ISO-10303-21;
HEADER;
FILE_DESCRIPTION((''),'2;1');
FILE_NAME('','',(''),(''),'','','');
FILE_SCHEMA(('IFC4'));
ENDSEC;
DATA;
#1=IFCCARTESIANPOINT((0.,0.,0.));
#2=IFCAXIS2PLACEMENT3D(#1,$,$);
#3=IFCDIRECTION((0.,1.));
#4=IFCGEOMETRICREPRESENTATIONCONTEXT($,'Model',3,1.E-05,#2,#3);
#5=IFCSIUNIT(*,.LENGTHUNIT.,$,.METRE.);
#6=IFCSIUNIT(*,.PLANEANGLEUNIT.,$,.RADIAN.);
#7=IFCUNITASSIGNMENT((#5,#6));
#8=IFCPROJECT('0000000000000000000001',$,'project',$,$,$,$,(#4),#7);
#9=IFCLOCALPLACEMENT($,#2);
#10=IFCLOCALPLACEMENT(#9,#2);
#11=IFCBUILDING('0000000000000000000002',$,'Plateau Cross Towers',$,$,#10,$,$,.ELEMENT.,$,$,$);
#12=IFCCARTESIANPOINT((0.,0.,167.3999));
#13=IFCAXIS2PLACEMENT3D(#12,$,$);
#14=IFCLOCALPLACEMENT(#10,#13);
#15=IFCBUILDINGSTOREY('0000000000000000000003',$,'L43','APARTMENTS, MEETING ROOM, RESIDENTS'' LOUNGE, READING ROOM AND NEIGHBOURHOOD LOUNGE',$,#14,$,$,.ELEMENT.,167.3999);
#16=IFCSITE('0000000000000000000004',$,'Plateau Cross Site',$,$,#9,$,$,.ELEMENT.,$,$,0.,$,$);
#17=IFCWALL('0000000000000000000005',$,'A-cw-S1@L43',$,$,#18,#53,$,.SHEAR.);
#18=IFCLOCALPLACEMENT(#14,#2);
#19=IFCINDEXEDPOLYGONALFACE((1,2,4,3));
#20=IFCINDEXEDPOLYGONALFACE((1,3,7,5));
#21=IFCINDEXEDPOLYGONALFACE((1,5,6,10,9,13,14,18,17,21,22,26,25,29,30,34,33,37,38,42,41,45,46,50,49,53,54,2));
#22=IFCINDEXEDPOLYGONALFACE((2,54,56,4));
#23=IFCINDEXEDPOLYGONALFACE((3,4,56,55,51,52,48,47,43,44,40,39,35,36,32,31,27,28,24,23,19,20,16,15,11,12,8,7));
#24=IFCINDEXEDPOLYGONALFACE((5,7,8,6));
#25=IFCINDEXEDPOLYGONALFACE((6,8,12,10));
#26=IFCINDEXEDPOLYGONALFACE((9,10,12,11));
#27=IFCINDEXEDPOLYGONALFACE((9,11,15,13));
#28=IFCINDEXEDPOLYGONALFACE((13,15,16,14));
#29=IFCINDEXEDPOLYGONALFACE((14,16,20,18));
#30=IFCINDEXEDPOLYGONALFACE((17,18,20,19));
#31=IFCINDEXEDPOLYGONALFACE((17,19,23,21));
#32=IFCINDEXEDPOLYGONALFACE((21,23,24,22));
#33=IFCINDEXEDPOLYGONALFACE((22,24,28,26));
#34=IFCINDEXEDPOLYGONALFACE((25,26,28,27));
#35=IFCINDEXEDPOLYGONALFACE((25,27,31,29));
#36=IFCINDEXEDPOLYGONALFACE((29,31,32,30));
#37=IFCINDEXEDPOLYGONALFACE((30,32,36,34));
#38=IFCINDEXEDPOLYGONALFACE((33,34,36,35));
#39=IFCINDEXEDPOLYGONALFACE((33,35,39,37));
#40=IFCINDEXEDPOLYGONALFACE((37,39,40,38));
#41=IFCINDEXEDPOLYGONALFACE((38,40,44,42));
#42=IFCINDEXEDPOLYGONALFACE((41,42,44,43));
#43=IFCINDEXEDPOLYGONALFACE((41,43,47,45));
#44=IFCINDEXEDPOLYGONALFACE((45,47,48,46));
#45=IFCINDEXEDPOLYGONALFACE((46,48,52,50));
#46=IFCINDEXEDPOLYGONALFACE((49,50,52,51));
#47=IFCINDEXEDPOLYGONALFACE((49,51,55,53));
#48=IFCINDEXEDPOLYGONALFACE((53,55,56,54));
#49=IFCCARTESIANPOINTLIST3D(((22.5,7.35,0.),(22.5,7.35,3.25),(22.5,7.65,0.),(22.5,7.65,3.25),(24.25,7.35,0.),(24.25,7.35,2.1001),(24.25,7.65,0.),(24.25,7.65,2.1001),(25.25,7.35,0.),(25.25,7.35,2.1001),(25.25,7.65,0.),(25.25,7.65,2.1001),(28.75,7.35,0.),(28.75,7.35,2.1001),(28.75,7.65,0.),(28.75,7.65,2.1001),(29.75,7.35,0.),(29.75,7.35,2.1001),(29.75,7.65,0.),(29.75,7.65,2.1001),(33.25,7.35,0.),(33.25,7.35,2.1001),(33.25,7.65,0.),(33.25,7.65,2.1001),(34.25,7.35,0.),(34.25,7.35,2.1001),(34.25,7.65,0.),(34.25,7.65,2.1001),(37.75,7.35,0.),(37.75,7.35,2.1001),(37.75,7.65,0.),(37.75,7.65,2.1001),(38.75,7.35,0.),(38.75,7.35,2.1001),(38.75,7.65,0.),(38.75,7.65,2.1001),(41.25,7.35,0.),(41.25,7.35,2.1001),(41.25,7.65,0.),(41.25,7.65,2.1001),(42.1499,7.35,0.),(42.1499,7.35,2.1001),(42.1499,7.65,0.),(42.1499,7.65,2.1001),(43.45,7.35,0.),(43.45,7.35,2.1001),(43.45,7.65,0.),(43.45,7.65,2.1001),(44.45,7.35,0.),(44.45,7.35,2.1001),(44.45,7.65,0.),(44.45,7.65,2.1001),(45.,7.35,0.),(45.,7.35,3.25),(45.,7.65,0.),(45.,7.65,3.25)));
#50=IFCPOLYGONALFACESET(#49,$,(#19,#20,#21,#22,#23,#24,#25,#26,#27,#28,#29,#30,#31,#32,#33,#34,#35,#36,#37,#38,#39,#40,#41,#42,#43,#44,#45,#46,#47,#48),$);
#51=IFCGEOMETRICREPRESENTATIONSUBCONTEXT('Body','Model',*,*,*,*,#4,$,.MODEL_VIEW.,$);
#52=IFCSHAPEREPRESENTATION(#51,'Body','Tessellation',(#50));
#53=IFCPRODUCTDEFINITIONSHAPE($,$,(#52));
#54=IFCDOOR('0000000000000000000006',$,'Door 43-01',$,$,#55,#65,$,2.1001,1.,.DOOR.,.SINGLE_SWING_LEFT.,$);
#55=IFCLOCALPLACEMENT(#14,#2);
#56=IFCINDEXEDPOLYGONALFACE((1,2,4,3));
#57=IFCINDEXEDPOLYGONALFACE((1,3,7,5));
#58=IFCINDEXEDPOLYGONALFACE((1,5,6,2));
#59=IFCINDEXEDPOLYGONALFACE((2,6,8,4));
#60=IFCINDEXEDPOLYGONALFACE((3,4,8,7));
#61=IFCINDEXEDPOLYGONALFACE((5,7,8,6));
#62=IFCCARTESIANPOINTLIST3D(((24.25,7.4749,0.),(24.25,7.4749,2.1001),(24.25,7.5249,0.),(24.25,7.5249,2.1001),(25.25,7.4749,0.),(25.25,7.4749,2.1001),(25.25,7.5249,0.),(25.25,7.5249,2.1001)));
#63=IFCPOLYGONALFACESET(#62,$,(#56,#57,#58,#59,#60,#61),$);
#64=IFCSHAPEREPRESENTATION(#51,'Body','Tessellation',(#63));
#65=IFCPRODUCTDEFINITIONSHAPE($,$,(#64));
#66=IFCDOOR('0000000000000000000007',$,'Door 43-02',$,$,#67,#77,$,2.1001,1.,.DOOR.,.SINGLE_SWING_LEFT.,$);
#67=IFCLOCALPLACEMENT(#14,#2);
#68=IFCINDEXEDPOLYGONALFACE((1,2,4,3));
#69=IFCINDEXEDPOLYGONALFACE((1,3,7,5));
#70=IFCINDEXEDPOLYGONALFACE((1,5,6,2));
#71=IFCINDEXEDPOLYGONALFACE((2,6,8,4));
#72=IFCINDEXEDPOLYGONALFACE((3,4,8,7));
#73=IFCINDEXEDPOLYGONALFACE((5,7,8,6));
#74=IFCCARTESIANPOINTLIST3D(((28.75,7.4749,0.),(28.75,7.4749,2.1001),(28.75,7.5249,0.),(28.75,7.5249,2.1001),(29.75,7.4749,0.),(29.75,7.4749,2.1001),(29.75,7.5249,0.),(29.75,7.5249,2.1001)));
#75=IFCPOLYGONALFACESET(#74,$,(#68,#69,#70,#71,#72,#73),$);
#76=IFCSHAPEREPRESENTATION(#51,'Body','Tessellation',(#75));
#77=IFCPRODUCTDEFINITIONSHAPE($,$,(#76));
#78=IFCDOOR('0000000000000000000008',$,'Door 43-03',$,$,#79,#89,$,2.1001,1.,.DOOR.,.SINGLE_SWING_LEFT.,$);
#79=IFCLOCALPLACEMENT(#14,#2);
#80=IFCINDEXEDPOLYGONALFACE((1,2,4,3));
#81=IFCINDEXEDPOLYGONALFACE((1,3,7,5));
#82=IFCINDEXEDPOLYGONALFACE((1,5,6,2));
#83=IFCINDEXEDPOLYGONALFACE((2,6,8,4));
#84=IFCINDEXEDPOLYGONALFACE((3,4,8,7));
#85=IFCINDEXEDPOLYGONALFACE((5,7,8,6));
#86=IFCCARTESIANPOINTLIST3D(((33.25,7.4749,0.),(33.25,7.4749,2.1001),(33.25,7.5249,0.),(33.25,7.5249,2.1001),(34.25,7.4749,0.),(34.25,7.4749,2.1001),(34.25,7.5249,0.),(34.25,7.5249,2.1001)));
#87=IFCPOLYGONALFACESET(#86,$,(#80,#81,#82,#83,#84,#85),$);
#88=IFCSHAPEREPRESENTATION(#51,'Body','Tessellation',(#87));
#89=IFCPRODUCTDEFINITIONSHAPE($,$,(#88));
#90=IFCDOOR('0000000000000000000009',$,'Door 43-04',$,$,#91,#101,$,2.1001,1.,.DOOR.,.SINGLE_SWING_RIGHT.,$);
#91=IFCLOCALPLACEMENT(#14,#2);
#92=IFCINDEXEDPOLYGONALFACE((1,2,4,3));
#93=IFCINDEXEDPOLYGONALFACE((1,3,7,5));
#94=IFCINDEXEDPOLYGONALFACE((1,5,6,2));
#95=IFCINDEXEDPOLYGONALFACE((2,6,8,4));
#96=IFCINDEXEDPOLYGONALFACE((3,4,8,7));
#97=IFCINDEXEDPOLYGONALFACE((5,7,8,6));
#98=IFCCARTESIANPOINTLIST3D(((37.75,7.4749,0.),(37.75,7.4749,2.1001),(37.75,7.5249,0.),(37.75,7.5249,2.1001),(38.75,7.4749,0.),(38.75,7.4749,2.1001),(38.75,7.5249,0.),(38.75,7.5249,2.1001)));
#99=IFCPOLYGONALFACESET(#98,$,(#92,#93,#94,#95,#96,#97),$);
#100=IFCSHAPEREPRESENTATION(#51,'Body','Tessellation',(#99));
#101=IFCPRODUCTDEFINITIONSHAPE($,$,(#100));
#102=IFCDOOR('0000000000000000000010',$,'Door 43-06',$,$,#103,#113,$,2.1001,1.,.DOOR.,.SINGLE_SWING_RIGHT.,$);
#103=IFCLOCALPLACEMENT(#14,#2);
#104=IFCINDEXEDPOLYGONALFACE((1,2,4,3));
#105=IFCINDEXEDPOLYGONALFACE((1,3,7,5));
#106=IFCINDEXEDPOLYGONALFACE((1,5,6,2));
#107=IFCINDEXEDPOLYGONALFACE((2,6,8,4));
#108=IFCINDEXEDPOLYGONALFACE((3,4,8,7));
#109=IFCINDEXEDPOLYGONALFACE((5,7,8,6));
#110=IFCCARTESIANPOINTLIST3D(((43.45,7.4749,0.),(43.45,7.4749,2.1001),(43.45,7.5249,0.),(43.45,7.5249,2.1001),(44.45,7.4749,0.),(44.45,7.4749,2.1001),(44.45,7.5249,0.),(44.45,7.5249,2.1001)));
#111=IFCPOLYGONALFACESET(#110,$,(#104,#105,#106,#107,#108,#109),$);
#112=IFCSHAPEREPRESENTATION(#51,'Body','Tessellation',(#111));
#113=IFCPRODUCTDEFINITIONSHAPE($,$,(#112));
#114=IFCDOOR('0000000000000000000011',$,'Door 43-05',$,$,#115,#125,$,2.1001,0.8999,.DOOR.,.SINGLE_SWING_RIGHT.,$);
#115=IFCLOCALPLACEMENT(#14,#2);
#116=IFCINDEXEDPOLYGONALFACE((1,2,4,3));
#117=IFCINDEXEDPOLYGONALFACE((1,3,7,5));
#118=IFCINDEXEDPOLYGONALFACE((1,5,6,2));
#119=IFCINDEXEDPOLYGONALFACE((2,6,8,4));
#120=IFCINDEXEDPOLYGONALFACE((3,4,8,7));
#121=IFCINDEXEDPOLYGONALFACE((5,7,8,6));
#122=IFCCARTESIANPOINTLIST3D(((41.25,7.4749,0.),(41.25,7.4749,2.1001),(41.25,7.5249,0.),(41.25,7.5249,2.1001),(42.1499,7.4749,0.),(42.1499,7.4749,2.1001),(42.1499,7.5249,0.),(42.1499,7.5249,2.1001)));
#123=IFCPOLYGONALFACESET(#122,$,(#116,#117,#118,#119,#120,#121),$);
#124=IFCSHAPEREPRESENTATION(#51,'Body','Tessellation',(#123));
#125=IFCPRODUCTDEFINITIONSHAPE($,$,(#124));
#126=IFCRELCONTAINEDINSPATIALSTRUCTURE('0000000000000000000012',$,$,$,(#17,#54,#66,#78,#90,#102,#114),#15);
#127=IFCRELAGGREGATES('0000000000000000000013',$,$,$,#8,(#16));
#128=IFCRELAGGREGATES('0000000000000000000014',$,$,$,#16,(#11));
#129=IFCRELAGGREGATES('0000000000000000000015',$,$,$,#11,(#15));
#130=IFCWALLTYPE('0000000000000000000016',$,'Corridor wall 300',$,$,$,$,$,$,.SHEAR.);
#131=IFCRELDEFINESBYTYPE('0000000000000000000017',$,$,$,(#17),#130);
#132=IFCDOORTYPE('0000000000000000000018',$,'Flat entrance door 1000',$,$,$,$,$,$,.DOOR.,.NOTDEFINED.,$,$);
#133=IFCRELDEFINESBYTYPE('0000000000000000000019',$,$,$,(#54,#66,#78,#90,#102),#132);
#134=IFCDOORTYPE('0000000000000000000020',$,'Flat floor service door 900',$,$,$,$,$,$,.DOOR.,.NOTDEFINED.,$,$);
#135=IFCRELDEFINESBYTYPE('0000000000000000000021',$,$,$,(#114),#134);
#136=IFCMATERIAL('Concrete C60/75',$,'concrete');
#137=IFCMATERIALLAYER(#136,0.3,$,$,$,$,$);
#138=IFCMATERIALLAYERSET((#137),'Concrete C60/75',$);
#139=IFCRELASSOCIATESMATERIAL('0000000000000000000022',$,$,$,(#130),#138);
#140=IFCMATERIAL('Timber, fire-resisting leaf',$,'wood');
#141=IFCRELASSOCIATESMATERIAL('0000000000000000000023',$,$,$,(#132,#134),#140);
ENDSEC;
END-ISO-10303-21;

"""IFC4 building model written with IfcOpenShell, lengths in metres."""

from ifc_helpers import new_model, si_unit, direction, frame, frame_2d, origin, place, context, subcontext, project, spatial, rectangle, extrude, material, layer, layer_set, type_object, element, fill, save


model = new_model("IFC4")

# Units and contexts
model_context = context("Model", 3, precision=1e-05, world=origin(), true_north=direction((0.0, 1.0)))
body_context = subcontext(model_context, "Body", "Model", "MODEL_VIEW")
ifc_project = project(units=[si_unit("LENGTHUNIT", "METRE"), si_unit("PLANEANGLEUNIT", "RADIAN")], contexts=[model_context])

# Site, building, storey
site_placement = place(None, origin())
site = spatial("IfcSite", under=ifc_project, at=site_placement, Name="Plateau Cross Site", CompositionType="ELEMENT", RefElevation=0.0)
building_placement = place(site_placement, origin())
building = spatial("IfcBuilding", under=site, at=building_placement, Name="Plateau Cross Towers", CompositionType="ELEMENT")
storey_placement = place(building_placement, frame((0.0, 0.0, 167.3999)))
storey = spatial("IfcBuildingStorey", under=building, at=storey_placement, Name="L43", Description="APARTMENTS, MEETING ROOM, RESIDENTS' LOUNGE, READING ROOM AND NEIGHBOURHOOD LOUNGE", CompositionType="ELEMENT", Elevation=167.3999)

# Shared definitions
ifc_material_1 = material(Name="Concrete C60/75", Category="concrete")

# Wall, openings, doors
ifc_layer_1 = layer(ifc_material_1, 0.3)
ifc_layer_set_1 = layer_set([ifc_layer_1], Name="Concrete C60/75")
wall_type_1 = type_object("IfcWallType", Name="Corridor wall 300", PredefinedType="SHEAR", material=ifc_layer_set_1)
wall_1_placement = place(storey_placement, frame((22.5, 7.5, 0.0), z_axis=(0.0, 0.0, 1.0), x_axis=(1.0, 0.0, 0.0)))
wall_1 = element("IfcWall", 1, at=wall_1_placement, inside=storey, type_object=wall_type_1, Name="A-cw-S1@L43", PredefinedType="SHEAR", context=body_context, shape_type="SweptSolid", body=[
    extrude(rectangle(XDim=22.5, YDim=0.3, at=frame_2d((11.25, 0.0))), origin(), (0.0, 0.0, 1.0), 3.25),
])
opening_1_placement = place(wall_1_placement, frame((1.75, 0.0, 0.0)))
opening_1 = element("IfcOpeningElement", 2, at=opening_1_placement, cuts=wall_1, PredefinedType="OPENING", context=body_context, shape_type="SweptSolid", body=[
    extrude(rectangle(XDim=1.0, YDim=2.1001, at=frame_2d((0.5, 1.05))), frame((0.0, 0.1599, 0.0), z_axis=(0.0, -1.0, 0.0), x_axis=(1.0, 0.0, 0.0)), (0.0, 0.0, 1.0), 0.3201),
])
opening_2_placement = place(wall_1_placement, frame((6.25, 0.0, 0.0)))
opening_2 = element("IfcOpeningElement", 3, at=opening_2_placement, cuts=wall_1, PredefinedType="OPENING", context=body_context, shape_type="SweptSolid", body=[
    extrude(rectangle(XDim=1.0, YDim=2.1001, at=frame_2d((0.5, 1.05))), frame((0.0, 0.1599, 0.0), z_axis=(0.0, -1.0, 0.0), x_axis=(1.0, 0.0, 0.0)), (0.0, 0.0, 1.0), 0.3201),
])
opening_3_placement = place(wall_1_placement, frame((10.75, 0.0, 0.0)))
opening_3 = element("IfcOpeningElement", 4, at=opening_3_placement, cuts=wall_1, PredefinedType="OPENING", context=body_context, shape_type="SweptSolid", body=[
    extrude(rectangle(XDim=1.0, YDim=2.1001, at=frame_2d((0.5, 1.05))), frame((0.0, 0.1599, 0.0), z_axis=(0.0, -1.0, 0.0), x_axis=(1.0, 0.0, 0.0)), (0.0, 0.0, 1.0), 0.3201),
])
opening_4_placement = place(wall_1_placement, frame((15.25, 0.0, 0.0)))
opening_4 = element("IfcOpeningElement", 5, at=opening_4_placement, cuts=wall_1, PredefinedType="OPENING", context=body_context, shape_type="SweptSolid", body=[
    extrude(rectangle(XDim=1.0, YDim=2.1001, at=frame_2d((0.5, 1.05))), frame((0.0, 0.1599, 0.0), z_axis=(0.0, -1.0, 0.0), x_axis=(1.0, 0.0, 0.0)), (0.0, 0.0, 1.0), 0.3201),
])
opening_5_placement = place(wall_1_placement, frame((18.75, 0.0, 0.0)))
opening_5 = element("IfcOpeningElement", 6, at=opening_5_placement, cuts=wall_1, PredefinedType="OPENING", context=body_context, shape_type="SweptSolid", body=[
    extrude(rectangle(XDim=0.8999, YDim=2.1001, at=frame_2d((0.45, 1.05))), frame((0.0, 0.1599, 0.0), z_axis=(0.0, -1.0, 0.0), x_axis=(1.0, 0.0, 0.0)), (0.0, 0.0, 1.0), 0.3201),
])
opening_6_placement = place(wall_1_placement, frame((20.95, 0.0, 0.0)))
opening_6 = element("IfcOpeningElement", 7, at=opening_6_placement, cuts=wall_1, PredefinedType="OPENING", context=body_context, shape_type="SweptSolid", body=[
    extrude(rectangle(XDim=1.0, YDim=2.1001, at=frame_2d((0.5, 1.05))), frame((0.0, 0.1599, 0.0), z_axis=(0.0, -1.0, 0.0), x_axis=(1.0, 0.0, 0.0)), (0.0, 0.0, 1.0), 0.3201),
])
ifc_material_2 = material(Name="Timber, fire-resisting leaf", Category="wood")
door_type_1 = type_object("IfcDoorType", Name="Flat entrance door 1000", OperationType="NOTDEFINED", PredefinedType="DOOR", material=ifc_material_2)
door_1_placement = place(opening_1_placement, origin())
door_1 = element("IfcDoor", 8, at=door_1_placement, inside=storey, type_object=door_type_1, Name="Door 43-01", OperationType="SINGLE_SWING_LEFT", OverallHeight=2.1001, OverallWidth=1.0, PredefinedType="DOOR", context=body_context, shape_type="SweptSolid", body=[
    extrude(rectangle(XDim=1.0, YDim=2.1001, at=frame_2d((0.5, 1.05))), frame((0.0, 0.0249, 0.0), z_axis=(0.0, -1.0, 0.0), x_axis=(1.0, 0.0, 0.0)), (0.0, 0.0, 1.0), 0.05),
])
fill(opening_1, door_1)
door_2_placement = place(opening_2_placement, origin())
door_2 = element("IfcDoor", 9, at=door_2_placement, inside=storey, type_object=door_type_1, Name="Door 43-02", OperationType="SINGLE_SWING_LEFT", OverallHeight=2.1001, OverallWidth=1.0, PredefinedType="DOOR", context=body_context, shape_type="SweptSolid", body=[
    extrude(rectangle(XDim=1.0, YDim=2.1001, at=frame_2d((0.5, 1.05))), frame((0.0, 0.0249, 0.0), z_axis=(0.0, -1.0, 0.0), x_axis=(1.0, 0.0, 0.0)), (0.0, 0.0, 1.0), 0.05),
])
fill(opening_2, door_2)
door_3_placement = place(opening_3_placement, origin())
door_3 = element("IfcDoor", 10, at=door_3_placement, inside=storey, type_object=door_type_1, Name="Door 43-03", OperationType="SINGLE_SWING_LEFT", OverallHeight=2.1001, OverallWidth=1.0, PredefinedType="DOOR", context=body_context, shape_type="SweptSolid", body=[
    extrude(rectangle(XDim=1.0, YDim=2.1001, at=frame_2d((0.5, 1.05))), frame((0.0, 0.0249, 0.0), z_axis=(0.0, -1.0, 0.0), x_axis=(1.0, 0.0, 0.0)), (0.0, 0.0, 1.0), 0.05),
])
fill(opening_3, door_3)
door_4_placement = place(opening_4_placement, origin())
door_4 = element("IfcDoor", 11, at=door_4_placement, inside=storey, type_object=door_type_1, Name="Door 43-04", OperationType="SINGLE_SWING_RIGHT", OverallHeight=2.1001, OverallWidth=1.0, PredefinedType="DOOR", context=body_context, shape_type="SweptSolid", body=[
    extrude(rectangle(XDim=1.0, YDim=2.1001, at=frame_2d((0.5, 1.05))), frame((0.0, 0.0249, 0.0), z_axis=(0.0, -1.0, 0.0), x_axis=(1.0, 0.0, 0.0)), (0.0, 0.0, 1.0), 0.05),
])
fill(opening_4, door_4)
door_5_placement = place(opening_6_placement, origin())
door_5 = element("IfcDoor", 12, at=door_5_placement, inside=storey, type_object=door_type_1, Name="Door 43-06", OperationType="SINGLE_SWING_RIGHT", OverallHeight=2.1001, OverallWidth=1.0, PredefinedType="DOOR", context=body_context, shape_type="SweptSolid", body=[
    extrude(rectangle(XDim=1.0, YDim=2.1001, at=frame_2d((0.5, 1.05))), frame((0.0, 0.0249, 0.0), z_axis=(0.0, -1.0, 0.0), x_axis=(1.0, 0.0, 0.0)), (0.0, 0.0, 1.0), 0.05),
])
fill(opening_6, door_5)
door_type_2 = type_object("IfcDoorType", Name="Flat floor service door 900", OperationType="NOTDEFINED", PredefinedType="DOOR", material=ifc_material_2)
door_6_placement = place(opening_5_placement, origin())
door_6 = element("IfcDoor", 13, at=door_6_placement, inside=storey, type_object=door_type_2, Name="Door 43-05", OperationType="SINGLE_SWING_RIGHT", OverallHeight=2.1001, OverallWidth=0.8999, PredefinedType="DOOR", context=body_context, shape_type="SweptSolid", body=[
    extrude(rectangle(XDim=0.8999, YDim=2.1001, at=frame_2d((0.45, 1.05))), frame((0.0, 0.0249, 0.0), z_axis=(0.0, -1.0, 0.0), x_axis=(1.0, 0.0, 0.0)), (0.0, 0.0, 1.0), 0.05),
])
fill(opening_5, door_6)

save(model, "model.ifc")
